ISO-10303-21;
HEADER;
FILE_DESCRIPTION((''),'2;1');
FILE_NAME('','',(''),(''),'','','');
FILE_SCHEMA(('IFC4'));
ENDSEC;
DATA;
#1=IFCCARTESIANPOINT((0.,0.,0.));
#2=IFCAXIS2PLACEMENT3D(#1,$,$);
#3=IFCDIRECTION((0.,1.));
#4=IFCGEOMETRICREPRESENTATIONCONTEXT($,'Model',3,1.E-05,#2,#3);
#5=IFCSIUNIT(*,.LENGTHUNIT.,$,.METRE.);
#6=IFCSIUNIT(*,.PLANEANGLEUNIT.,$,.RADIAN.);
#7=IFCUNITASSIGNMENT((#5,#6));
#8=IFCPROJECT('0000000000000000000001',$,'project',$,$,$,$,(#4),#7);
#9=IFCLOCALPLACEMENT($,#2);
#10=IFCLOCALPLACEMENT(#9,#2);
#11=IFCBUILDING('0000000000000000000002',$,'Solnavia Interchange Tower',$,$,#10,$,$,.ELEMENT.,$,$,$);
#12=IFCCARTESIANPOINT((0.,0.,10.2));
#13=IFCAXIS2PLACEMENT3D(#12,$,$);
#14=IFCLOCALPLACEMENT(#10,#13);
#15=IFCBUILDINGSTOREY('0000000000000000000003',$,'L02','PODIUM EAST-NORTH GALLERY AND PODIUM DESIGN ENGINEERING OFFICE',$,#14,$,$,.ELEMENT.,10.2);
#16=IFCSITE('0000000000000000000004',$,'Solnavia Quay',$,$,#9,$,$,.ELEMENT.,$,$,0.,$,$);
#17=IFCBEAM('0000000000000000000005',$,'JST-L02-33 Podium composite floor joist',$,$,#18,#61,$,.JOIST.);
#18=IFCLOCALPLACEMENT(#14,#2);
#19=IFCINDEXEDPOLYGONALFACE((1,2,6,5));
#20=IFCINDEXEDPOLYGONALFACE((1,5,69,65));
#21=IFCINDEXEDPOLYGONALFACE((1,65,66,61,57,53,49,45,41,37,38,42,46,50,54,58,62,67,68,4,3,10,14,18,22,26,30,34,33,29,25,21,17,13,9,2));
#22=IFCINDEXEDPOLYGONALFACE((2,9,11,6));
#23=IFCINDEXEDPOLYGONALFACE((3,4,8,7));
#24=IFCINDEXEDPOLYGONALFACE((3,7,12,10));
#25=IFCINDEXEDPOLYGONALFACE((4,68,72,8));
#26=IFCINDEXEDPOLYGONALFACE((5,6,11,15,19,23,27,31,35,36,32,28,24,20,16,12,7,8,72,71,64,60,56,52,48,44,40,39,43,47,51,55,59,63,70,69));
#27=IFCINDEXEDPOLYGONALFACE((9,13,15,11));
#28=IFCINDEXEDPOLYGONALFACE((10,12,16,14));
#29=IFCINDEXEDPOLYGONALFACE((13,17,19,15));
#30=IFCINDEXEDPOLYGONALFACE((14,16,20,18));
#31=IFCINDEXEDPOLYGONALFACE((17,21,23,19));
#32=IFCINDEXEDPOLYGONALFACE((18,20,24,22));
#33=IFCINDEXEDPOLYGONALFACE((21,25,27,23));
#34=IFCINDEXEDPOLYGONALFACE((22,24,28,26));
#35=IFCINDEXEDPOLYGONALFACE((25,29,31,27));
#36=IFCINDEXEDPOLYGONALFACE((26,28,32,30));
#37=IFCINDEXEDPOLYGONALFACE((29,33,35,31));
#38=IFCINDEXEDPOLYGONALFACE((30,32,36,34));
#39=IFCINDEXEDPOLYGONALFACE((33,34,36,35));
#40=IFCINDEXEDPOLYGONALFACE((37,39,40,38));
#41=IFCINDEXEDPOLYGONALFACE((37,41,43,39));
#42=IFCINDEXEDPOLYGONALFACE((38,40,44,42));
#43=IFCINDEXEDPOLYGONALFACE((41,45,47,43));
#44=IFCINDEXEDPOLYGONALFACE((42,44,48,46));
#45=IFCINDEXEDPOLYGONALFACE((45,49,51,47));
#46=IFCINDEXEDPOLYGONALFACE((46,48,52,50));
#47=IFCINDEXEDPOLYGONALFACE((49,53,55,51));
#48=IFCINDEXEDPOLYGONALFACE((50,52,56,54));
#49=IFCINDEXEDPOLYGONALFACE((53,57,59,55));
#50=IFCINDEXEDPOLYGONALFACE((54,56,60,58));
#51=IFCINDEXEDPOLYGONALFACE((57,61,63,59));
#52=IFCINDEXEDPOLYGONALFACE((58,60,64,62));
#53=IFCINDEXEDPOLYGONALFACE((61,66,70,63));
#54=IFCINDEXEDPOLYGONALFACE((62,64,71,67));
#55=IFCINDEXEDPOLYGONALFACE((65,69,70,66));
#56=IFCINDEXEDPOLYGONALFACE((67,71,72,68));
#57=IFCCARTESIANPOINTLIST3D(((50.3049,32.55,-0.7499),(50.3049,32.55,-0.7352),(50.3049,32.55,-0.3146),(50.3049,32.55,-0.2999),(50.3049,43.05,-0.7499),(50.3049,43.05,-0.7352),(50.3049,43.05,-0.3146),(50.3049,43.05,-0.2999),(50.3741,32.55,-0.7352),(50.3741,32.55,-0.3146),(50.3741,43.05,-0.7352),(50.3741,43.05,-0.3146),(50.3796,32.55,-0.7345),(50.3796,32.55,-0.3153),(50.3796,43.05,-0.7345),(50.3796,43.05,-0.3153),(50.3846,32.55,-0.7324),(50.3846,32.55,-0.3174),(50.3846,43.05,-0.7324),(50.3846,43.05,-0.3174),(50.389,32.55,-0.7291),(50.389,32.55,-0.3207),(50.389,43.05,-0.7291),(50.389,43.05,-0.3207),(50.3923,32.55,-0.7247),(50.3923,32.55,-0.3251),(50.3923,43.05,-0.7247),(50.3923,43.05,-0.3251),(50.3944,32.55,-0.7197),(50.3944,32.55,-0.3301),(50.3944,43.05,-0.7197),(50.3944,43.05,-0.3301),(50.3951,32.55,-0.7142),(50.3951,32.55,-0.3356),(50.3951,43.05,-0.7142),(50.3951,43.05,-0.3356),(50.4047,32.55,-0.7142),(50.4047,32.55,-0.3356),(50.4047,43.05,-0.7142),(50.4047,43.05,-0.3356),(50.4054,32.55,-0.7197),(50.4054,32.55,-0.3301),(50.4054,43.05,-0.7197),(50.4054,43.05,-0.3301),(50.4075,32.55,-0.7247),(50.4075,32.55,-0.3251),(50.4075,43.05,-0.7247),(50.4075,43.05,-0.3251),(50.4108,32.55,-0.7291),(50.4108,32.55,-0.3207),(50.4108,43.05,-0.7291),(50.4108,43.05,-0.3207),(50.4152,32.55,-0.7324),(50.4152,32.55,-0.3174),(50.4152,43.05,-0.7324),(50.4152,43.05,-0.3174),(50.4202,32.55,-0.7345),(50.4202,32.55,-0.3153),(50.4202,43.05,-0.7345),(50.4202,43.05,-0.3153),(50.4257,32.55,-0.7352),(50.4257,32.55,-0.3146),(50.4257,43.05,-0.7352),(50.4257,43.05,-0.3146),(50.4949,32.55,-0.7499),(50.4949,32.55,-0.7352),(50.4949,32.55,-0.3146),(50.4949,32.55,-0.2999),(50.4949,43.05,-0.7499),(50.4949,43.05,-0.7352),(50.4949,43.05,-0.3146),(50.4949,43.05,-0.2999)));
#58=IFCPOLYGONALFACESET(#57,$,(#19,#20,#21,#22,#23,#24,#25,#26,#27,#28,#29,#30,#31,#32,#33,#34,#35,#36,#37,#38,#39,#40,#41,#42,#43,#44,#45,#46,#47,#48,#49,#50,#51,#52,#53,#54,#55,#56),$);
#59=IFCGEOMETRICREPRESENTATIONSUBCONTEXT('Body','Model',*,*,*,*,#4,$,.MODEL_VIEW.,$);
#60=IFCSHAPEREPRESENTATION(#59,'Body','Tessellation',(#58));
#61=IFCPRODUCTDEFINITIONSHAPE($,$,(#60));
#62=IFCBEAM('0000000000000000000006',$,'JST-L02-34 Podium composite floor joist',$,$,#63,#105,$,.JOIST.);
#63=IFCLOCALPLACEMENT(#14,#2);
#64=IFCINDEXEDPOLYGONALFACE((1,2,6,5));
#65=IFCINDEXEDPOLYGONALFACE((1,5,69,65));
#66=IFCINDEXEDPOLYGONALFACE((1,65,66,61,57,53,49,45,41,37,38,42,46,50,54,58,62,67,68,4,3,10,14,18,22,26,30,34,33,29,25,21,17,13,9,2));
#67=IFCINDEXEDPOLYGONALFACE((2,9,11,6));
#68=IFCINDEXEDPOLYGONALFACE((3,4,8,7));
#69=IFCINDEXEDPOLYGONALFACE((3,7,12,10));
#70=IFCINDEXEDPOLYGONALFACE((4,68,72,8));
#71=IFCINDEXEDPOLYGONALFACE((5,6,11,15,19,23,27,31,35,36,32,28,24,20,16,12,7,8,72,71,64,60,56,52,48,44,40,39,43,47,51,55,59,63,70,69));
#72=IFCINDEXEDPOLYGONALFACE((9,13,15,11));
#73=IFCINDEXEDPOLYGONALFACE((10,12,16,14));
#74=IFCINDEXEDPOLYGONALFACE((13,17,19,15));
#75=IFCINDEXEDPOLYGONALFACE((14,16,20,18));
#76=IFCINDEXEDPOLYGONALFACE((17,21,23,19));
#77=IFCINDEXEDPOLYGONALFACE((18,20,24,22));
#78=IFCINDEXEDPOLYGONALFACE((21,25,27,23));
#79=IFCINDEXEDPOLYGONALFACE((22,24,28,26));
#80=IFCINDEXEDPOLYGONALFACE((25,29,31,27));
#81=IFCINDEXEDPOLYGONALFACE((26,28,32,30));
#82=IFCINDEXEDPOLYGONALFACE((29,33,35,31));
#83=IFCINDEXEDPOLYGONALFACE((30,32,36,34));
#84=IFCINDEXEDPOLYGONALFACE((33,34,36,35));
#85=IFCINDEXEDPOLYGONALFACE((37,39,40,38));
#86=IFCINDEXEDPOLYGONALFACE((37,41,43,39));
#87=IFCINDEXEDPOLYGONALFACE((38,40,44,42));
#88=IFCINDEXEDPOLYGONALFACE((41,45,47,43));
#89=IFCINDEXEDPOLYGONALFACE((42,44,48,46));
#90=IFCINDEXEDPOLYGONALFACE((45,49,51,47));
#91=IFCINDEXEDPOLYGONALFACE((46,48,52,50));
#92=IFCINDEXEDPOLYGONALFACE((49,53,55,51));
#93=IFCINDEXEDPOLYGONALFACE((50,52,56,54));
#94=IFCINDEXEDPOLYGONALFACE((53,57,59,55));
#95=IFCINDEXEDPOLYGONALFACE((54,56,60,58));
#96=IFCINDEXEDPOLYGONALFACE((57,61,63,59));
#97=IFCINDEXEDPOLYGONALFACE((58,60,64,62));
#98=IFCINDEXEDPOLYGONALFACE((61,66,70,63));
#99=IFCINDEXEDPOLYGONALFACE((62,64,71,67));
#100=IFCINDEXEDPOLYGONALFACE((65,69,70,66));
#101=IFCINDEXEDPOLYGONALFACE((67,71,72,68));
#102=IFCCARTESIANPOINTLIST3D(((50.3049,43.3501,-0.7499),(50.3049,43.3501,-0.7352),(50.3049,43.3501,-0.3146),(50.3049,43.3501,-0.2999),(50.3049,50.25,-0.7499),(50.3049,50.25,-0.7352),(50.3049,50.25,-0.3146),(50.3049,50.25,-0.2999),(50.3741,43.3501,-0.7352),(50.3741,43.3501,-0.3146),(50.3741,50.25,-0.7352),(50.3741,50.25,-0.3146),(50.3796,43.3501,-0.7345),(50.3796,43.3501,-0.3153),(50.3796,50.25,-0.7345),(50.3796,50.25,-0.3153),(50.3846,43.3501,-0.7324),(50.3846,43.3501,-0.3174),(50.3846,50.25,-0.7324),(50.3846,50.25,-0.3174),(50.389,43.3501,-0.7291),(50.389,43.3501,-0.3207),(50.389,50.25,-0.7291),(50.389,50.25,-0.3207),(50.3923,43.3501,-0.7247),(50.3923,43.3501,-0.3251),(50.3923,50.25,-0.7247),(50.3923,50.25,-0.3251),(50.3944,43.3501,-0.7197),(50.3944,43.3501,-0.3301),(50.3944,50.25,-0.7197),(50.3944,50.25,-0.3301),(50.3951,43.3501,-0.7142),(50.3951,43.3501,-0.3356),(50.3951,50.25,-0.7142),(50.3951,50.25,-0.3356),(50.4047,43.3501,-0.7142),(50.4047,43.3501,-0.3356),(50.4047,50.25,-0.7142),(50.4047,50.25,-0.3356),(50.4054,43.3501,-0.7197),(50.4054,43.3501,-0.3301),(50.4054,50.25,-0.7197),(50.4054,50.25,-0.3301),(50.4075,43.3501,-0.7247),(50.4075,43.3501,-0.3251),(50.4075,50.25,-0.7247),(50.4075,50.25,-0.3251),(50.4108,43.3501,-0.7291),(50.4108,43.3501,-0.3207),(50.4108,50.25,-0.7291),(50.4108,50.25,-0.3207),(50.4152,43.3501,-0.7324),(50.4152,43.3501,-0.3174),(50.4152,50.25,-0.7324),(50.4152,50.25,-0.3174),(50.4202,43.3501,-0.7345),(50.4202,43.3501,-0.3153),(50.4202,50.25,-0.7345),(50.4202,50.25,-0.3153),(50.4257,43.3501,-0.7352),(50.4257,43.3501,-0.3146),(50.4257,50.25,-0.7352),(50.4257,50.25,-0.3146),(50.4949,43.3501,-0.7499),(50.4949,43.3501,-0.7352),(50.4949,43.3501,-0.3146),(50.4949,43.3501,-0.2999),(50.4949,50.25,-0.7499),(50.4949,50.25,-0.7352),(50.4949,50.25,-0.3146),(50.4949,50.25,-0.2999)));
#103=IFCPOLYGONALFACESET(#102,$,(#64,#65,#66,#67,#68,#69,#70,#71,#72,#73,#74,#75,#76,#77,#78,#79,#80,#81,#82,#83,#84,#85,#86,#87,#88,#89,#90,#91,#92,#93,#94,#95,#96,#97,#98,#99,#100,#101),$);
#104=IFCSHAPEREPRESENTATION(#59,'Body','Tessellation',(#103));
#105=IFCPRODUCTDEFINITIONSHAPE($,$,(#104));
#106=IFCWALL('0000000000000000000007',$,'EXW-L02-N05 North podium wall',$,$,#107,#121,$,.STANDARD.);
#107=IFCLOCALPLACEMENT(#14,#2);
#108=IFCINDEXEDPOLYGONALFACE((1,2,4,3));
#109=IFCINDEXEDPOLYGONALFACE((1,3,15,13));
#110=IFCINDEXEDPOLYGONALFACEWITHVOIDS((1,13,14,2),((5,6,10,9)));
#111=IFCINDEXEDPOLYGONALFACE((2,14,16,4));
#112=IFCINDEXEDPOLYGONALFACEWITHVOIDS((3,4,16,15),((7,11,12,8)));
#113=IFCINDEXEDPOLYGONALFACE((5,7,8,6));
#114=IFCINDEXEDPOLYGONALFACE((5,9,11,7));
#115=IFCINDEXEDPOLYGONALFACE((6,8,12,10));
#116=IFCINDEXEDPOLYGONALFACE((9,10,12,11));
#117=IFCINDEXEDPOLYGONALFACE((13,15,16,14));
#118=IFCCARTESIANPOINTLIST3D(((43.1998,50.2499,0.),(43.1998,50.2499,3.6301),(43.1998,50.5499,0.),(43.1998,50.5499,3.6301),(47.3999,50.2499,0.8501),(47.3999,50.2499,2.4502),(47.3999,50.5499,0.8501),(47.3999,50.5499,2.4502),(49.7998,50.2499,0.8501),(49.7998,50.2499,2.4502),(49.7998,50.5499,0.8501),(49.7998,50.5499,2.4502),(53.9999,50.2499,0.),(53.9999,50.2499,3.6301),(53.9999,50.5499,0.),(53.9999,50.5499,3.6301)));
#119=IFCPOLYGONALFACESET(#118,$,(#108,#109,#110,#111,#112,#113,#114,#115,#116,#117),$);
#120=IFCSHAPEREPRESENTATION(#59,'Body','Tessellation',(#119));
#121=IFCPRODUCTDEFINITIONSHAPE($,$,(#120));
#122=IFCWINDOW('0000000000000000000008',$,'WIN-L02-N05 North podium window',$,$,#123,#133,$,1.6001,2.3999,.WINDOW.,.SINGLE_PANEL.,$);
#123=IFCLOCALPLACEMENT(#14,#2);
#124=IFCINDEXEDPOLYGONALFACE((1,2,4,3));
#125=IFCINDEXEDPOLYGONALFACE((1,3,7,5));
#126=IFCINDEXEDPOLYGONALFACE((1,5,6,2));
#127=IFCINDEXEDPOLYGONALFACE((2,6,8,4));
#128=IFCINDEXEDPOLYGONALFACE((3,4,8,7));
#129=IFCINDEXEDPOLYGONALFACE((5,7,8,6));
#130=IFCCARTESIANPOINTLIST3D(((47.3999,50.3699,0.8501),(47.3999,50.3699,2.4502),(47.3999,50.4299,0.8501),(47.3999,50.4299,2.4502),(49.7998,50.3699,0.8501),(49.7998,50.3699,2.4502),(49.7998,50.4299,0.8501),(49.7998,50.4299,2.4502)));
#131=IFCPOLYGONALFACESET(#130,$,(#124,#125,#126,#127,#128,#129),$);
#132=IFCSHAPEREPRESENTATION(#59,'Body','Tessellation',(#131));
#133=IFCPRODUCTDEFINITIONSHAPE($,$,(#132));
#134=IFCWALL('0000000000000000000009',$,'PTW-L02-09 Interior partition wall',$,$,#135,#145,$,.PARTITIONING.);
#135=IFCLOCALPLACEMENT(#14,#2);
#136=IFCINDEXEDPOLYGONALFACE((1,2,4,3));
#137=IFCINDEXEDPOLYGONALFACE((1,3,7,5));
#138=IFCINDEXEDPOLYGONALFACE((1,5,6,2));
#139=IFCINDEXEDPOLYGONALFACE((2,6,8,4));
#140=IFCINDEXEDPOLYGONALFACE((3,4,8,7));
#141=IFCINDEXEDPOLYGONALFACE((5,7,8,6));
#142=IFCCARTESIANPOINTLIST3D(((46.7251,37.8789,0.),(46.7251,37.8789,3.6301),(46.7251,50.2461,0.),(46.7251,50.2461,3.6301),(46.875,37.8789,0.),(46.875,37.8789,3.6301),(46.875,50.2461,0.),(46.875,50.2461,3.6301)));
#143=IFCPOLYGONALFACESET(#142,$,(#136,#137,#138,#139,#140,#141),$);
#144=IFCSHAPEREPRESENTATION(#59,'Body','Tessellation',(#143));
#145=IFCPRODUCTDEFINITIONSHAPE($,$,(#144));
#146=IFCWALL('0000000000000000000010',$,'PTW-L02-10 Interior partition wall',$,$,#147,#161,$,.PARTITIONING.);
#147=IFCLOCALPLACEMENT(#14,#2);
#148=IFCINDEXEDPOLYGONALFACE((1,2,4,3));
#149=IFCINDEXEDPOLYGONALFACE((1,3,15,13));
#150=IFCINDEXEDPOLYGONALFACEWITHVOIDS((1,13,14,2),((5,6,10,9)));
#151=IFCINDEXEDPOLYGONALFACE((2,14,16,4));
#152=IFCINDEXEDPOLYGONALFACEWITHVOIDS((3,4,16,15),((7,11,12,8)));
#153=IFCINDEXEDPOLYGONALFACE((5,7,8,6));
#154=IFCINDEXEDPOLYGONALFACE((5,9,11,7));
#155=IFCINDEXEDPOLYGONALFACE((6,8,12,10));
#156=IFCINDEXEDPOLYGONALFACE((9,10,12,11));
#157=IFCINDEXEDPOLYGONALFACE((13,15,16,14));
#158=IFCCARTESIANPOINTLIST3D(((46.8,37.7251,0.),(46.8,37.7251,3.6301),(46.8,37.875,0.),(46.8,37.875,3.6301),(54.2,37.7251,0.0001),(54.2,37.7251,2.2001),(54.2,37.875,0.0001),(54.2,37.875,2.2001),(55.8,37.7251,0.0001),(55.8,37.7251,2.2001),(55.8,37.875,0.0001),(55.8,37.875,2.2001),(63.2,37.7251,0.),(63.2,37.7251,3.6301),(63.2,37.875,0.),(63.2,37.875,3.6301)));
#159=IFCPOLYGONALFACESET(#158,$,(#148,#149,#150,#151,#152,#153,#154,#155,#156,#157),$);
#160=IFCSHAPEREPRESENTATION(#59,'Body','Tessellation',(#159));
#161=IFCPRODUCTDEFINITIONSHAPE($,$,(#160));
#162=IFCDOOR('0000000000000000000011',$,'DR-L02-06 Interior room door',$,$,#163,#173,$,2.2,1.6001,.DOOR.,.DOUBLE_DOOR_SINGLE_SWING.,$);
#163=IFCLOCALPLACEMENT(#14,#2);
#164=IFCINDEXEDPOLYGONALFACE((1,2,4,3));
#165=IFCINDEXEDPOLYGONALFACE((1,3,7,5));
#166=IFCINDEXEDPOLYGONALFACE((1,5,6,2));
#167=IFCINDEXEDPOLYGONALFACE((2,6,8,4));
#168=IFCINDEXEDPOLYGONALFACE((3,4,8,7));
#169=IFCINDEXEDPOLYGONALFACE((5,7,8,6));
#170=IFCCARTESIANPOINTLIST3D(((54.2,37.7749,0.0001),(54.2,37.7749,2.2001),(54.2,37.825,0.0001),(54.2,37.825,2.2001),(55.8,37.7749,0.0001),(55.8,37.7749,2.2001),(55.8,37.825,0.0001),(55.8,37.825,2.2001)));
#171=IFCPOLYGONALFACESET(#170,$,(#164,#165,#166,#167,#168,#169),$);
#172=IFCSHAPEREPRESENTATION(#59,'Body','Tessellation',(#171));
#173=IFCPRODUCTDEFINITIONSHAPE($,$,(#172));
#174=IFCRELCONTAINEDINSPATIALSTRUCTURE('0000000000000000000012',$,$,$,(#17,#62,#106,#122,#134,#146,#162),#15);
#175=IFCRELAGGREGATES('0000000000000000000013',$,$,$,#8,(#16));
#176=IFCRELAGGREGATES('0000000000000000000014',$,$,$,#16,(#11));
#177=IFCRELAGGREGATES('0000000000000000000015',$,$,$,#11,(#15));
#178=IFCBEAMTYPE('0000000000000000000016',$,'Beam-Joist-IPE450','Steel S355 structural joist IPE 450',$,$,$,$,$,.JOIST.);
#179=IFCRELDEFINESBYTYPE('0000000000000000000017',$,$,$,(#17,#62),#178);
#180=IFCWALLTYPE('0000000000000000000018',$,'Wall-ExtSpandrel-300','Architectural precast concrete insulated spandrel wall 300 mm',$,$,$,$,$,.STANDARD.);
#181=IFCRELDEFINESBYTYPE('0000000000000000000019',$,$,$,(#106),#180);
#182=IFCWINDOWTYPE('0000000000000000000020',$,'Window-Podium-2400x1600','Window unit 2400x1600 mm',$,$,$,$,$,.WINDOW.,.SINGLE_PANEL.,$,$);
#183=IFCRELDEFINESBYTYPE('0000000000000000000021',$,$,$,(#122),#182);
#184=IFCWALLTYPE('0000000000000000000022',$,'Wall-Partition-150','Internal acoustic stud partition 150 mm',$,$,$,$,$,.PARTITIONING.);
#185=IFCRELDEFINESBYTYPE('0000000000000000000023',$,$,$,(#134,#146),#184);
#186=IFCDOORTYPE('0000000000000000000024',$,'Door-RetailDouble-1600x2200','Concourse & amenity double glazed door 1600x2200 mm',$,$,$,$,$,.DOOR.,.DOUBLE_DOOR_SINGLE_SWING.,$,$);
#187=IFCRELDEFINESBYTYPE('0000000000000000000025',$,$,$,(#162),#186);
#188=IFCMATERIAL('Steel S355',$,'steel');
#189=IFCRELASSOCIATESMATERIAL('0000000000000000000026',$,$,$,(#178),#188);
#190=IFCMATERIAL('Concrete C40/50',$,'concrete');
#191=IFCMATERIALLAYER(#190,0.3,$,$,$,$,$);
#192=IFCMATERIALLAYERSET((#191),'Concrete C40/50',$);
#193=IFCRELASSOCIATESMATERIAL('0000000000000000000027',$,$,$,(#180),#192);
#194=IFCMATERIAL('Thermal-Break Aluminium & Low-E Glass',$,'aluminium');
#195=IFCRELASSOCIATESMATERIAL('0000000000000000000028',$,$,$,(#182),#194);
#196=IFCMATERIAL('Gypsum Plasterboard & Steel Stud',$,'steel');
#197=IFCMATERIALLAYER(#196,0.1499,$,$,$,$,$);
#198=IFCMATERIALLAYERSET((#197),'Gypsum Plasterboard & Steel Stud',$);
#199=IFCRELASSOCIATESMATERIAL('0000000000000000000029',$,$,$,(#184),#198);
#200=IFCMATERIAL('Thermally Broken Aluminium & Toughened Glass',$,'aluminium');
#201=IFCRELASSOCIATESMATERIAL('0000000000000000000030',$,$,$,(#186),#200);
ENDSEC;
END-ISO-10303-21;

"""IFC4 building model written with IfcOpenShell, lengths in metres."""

from ifc_helpers import new_model, si_unit, direction, frame, frame_2d, origin, origin_2d, place, context, subcontext, project, spatial, rectangle, i_section, extrude, material, layer, layer_set, material_profile, profile_set, type_object, element, fill, save


model = new_model("IFC4")

# Units and contexts
model_context = context("Model", 3, precision=1e-05, world=origin(), true_north=direction((0.0, 1.0)))
body_context = subcontext(model_context, "Body", "Model", "MODEL_VIEW")
ifc_project = project(units=[si_unit("LENGTHUNIT", "METRE"), si_unit("PLANEANGLEUNIT", "RADIAN")], contexts=[model_context])

# Site, building, storey
site_placement = place(None, origin())
site = spatial("IfcSite", under=ifc_project, at=site_placement, Name="Solnavia Quay", CompositionType="ELEMENT", RefElevation=0.0)
building_placement = place(site_placement, origin())
building = spatial("IfcBuilding", under=site, at=building_placement, Name="Solnavia Interchange Tower", CompositionType="ELEMENT")
storey_placement = place(building_placement, frame((0.0, 0.0, 10.2)))
storey = spatial("IfcBuildingStorey", under=building, at=storey_placement, Name="L02", Description="PODIUM EAST-NORTH GALLERY AND PODIUM DESIGN ENGINEERING OFFICE", CompositionType="ELEMENT", Elevation=10.2)

# Beams
ifc_material_1 = material(Name="Steel S355", Category="steel")
ifc_material_profile_1 = material_profile(ifc_material_1, i_section(OverallWidth=0.1899, OverallDepth=0.45, WebThickness=0.0095, FlangeThickness=0.0146, FilletRadius=0.021, at=origin_2d()), Name="IPE 450")
ifc_profile_set_1 = profile_set([ifc_material_profile_1], Name="Steel S355")
beam_type_1 = type_object("IfcBeamType", Name="Beam-Joist-IPE450", Description="Steel S355 structural joist IPE 450", PredefinedType="JOIST", material=ifc_profile_set_1)
beam_1_placement = place(storey_placement, frame((50.3999, 32.55, -0.5249), z_axis=(0.0, 1.0, 0.0), x_axis=(-1.0, 0.0, 0.0)))
element("IfcBeam", 1, at=beam_1_placement, inside=storey, type_object=beam_type_1, Name="JST-L02-33 Podium composite floor joist", PredefinedType="JOIST", context=body_context, shape_type="SweptSolid", body=[
    extrude(i_section(OverallWidth=0.1899, OverallDepth=0.45, WebThickness=0.0095, FlangeThickness=0.0146, FilletRadius=0.021, at=origin_2d()), origin(), (0.0, 0.0, 1.0), 10.5),
])
beam_2_placement = place(storey_placement, frame((50.3999, 43.3501, -0.5249), z_axis=(0.0, 1.0, 0.0), x_axis=(-1.0, 0.0, 0.0)))
element("IfcBeam", 2, at=beam_2_placement, inside=storey, type_object=beam_type_1, Name="JST-L02-34 Podium composite floor joist", PredefinedType="JOIST", context=body_context, shape_type="SweptSolid", body=[
    extrude(i_section(OverallWidth=0.1899, OverallDepth=0.45, WebThickness=0.0095, FlangeThickness=0.0146, FilletRadius=0.021, at=origin_2d()), origin(), (0.0, 0.0, 1.0), 6.8999),
])

# Wall, opening, window
ifc_material_2 = material(Name="Concrete C40/50", Category="concrete")
ifc_layer_1 = layer(ifc_material_2, 0.3)
ifc_layer_set_1 = layer_set([ifc_layer_1], Name="Concrete C40/50")
wall_type_1 = type_object("IfcWallType", Name="Wall-ExtSpandrel-300", Description="Architectural precast concrete insulated spandrel wall 300 mm", PredefinedType="STANDARD", material=ifc_layer_set_1)
wall_1_placement = place(storey_placement, frame((43.2, 50.3999, 0.0), z_axis=(0.0, 0.0, 1.0), x_axis=(1.0, 0.0, 0.0)))
wall_1 = element("IfcWall", 3, at=wall_1_placement, inside=storey, type_object=wall_type_1, Name="EXW-L02-N05 North podium wall", PredefinedType="STANDARD", context=body_context, shape_type="SweptSolid", body=[
    extrude(rectangle(XDim=10.8, YDim=0.3, at=frame_2d((5.3999, 0.0))), origin(), (0.0, 0.0, 1.0), 3.6301),
])
opening_1_placement = place(wall_1_placement, frame((4.2, 0.0, 0.8501)))
opening_1 = element("IfcOpeningElement", 4, at=opening_1_placement, cuts=wall_1, PredefinedType="OPENING", context=body_context, shape_type="SweptSolid", body=[
    extrude(rectangle(XDim=2.3999, YDim=1.6001, at=frame_2d((1.2, 0.8))), frame((0.0, 0.1602, 0.0), z_axis=(0.0, -1.0, 0.0), x_axis=(1.0, 0.0, 0.0)), (0.0, 0.0, 1.0), 0.3201),
])
ifc_material_3 = material(Name="Thermal-Break Aluminium & Low-E Glass", Category="aluminium")
window_type = type_object("IfcWindowType", Name="Window-Podium-2400x1600", Description="Window unit 2400x1600 mm", PartitioningType="SINGLE_PANEL", PredefinedType="WINDOW", material=ifc_material_3)
window_placement = place(opening_1_placement, origin())
window = element("IfcWindow", 5, at=window_placement, inside=storey, type_object=window_type, Name="WIN-L02-N05 North podium window", OverallHeight=1.6001, OverallWidth=2.3999, PartitioningType="SINGLE_PANEL", PredefinedType="WINDOW", context=body_context, shape_type="SweptSolid", body=[
    extrude(rectangle(XDim=2.3999, YDim=1.6001, at=frame_2d((1.2, 0.8))), frame((0.0, 0.03, 0.0), z_axis=(0.0, -1.0, 0.0), x_axis=(1.0, 0.0, 0.0)), (0.0, 0.0, 1.0), 0.0601),
])
fill(opening_1, window)

# Wall
ifc_material_4 = material(Name="Gypsum Plasterboard & Steel Stud", Category="steel")
ifc_layer_2 = layer(ifc_material_4, 0.1499)
ifc_layer_set_2 = layer_set([ifc_layer_2], Name="Gypsum Plasterboard & Steel Stud")
wall_type_2 = type_object("IfcWallType", Name="Wall-Partition-150", Description="Internal acoustic stud partition 150 mm", PredefinedType="PARTITIONING", material=ifc_layer_set_2)
wall_2_placement = place(storey_placement, frame((46.8, 37.8789, 0.0), z_axis=(0.0, 0.0, 1.0), x_axis=(0.0, 1.0, 0.0)))
element("IfcWall", 6, at=wall_2_placement, inside=storey, type_object=wall_type_2, Name="PTW-L02-09 Interior partition wall", PredefinedType="PARTITIONING", context=body_context, shape_type="SweptSolid", body=[
    extrude(rectangle(XDim=12.3672, YDim=0.1499, at=frame_2d((6.1836, 0.0))), origin(), (0.0, 0.0, 1.0), 3.6301),
])

# Wall, opening, door
wall_3_placement = place(storey_placement, frame((46.8, 37.8, 0.0), z_axis=(0.0, 0.0, 1.0), x_axis=(1.0, 0.0, 0.0)))
wall_3 = element("IfcWall", 7, at=wall_3_placement, inside=storey, type_object=wall_type_2, Name="PTW-L02-10 Interior partition wall", PredefinedType="PARTITIONING", context=body_context, shape_type="SweptSolid", body=[
    extrude(rectangle(XDim=16.3999, YDim=0.1499, at=frame_2d((8.2, 0.0))), origin(), (0.0, 0.0, 1.0), 3.6301),
])
opening_2_placement = place(wall_3_placement, frame((7.3999, 0.0, 0.0)))
opening_2 = element("IfcOpeningElement", 8, at=opening_2_placement, cuts=wall_3, PredefinedType="OPENING", context=body_context, shape_type="SweptSolid", body=[
    extrude(rectangle(XDim=1.6001, YDim=2.2, at=frame_2d((0.8, 1.1001))), frame((0.0, 0.085, 0.0), z_axis=(0.0, -1.0, 0.0), x_axis=(1.0, 0.0, 0.0)), (0.0, 0.0, 1.0), 0.1699),
])
ifc_material_5 = material(Name="Thermally Broken Aluminium & Toughened Glass", Category="aluminium")
door_type_1 = type_object("IfcDoorType", Name="Door-RetailDouble-1600x2200", Description="Concourse & amenity double glazed door 1600x2200 mm", OperationType="DOUBLE_DOOR_SINGLE_SWING", PredefinedType="DOOR", material=ifc_material_5)
door_1_placement = place(opening_2_placement, origin())
door_1 = element("IfcDoor", 9, at=door_1_placement, inside=storey, type_object=door_type_1, Name="DR-L02-06 Interior room door", OperationType="DOUBLE_DOOR_SINGLE_SWING", OverallHeight=2.2, OverallWidth=1.6001, PredefinedType="DOOR", context=body_context, shape_type="SweptSolid", body=[
    extrude(rectangle(XDim=1.6001, YDim=2.2, at=frame_2d((0.8, 1.1001))), frame((0.0, 0.0249, 0.0), z_axis=(0.0, -1.0, 0.0), x_axis=(1.0, 0.0, 0.0)), (0.0, 0.0, 1.0), 0.05),
])
fill(opening_2, door_1)

save(model, "model.ifc")
